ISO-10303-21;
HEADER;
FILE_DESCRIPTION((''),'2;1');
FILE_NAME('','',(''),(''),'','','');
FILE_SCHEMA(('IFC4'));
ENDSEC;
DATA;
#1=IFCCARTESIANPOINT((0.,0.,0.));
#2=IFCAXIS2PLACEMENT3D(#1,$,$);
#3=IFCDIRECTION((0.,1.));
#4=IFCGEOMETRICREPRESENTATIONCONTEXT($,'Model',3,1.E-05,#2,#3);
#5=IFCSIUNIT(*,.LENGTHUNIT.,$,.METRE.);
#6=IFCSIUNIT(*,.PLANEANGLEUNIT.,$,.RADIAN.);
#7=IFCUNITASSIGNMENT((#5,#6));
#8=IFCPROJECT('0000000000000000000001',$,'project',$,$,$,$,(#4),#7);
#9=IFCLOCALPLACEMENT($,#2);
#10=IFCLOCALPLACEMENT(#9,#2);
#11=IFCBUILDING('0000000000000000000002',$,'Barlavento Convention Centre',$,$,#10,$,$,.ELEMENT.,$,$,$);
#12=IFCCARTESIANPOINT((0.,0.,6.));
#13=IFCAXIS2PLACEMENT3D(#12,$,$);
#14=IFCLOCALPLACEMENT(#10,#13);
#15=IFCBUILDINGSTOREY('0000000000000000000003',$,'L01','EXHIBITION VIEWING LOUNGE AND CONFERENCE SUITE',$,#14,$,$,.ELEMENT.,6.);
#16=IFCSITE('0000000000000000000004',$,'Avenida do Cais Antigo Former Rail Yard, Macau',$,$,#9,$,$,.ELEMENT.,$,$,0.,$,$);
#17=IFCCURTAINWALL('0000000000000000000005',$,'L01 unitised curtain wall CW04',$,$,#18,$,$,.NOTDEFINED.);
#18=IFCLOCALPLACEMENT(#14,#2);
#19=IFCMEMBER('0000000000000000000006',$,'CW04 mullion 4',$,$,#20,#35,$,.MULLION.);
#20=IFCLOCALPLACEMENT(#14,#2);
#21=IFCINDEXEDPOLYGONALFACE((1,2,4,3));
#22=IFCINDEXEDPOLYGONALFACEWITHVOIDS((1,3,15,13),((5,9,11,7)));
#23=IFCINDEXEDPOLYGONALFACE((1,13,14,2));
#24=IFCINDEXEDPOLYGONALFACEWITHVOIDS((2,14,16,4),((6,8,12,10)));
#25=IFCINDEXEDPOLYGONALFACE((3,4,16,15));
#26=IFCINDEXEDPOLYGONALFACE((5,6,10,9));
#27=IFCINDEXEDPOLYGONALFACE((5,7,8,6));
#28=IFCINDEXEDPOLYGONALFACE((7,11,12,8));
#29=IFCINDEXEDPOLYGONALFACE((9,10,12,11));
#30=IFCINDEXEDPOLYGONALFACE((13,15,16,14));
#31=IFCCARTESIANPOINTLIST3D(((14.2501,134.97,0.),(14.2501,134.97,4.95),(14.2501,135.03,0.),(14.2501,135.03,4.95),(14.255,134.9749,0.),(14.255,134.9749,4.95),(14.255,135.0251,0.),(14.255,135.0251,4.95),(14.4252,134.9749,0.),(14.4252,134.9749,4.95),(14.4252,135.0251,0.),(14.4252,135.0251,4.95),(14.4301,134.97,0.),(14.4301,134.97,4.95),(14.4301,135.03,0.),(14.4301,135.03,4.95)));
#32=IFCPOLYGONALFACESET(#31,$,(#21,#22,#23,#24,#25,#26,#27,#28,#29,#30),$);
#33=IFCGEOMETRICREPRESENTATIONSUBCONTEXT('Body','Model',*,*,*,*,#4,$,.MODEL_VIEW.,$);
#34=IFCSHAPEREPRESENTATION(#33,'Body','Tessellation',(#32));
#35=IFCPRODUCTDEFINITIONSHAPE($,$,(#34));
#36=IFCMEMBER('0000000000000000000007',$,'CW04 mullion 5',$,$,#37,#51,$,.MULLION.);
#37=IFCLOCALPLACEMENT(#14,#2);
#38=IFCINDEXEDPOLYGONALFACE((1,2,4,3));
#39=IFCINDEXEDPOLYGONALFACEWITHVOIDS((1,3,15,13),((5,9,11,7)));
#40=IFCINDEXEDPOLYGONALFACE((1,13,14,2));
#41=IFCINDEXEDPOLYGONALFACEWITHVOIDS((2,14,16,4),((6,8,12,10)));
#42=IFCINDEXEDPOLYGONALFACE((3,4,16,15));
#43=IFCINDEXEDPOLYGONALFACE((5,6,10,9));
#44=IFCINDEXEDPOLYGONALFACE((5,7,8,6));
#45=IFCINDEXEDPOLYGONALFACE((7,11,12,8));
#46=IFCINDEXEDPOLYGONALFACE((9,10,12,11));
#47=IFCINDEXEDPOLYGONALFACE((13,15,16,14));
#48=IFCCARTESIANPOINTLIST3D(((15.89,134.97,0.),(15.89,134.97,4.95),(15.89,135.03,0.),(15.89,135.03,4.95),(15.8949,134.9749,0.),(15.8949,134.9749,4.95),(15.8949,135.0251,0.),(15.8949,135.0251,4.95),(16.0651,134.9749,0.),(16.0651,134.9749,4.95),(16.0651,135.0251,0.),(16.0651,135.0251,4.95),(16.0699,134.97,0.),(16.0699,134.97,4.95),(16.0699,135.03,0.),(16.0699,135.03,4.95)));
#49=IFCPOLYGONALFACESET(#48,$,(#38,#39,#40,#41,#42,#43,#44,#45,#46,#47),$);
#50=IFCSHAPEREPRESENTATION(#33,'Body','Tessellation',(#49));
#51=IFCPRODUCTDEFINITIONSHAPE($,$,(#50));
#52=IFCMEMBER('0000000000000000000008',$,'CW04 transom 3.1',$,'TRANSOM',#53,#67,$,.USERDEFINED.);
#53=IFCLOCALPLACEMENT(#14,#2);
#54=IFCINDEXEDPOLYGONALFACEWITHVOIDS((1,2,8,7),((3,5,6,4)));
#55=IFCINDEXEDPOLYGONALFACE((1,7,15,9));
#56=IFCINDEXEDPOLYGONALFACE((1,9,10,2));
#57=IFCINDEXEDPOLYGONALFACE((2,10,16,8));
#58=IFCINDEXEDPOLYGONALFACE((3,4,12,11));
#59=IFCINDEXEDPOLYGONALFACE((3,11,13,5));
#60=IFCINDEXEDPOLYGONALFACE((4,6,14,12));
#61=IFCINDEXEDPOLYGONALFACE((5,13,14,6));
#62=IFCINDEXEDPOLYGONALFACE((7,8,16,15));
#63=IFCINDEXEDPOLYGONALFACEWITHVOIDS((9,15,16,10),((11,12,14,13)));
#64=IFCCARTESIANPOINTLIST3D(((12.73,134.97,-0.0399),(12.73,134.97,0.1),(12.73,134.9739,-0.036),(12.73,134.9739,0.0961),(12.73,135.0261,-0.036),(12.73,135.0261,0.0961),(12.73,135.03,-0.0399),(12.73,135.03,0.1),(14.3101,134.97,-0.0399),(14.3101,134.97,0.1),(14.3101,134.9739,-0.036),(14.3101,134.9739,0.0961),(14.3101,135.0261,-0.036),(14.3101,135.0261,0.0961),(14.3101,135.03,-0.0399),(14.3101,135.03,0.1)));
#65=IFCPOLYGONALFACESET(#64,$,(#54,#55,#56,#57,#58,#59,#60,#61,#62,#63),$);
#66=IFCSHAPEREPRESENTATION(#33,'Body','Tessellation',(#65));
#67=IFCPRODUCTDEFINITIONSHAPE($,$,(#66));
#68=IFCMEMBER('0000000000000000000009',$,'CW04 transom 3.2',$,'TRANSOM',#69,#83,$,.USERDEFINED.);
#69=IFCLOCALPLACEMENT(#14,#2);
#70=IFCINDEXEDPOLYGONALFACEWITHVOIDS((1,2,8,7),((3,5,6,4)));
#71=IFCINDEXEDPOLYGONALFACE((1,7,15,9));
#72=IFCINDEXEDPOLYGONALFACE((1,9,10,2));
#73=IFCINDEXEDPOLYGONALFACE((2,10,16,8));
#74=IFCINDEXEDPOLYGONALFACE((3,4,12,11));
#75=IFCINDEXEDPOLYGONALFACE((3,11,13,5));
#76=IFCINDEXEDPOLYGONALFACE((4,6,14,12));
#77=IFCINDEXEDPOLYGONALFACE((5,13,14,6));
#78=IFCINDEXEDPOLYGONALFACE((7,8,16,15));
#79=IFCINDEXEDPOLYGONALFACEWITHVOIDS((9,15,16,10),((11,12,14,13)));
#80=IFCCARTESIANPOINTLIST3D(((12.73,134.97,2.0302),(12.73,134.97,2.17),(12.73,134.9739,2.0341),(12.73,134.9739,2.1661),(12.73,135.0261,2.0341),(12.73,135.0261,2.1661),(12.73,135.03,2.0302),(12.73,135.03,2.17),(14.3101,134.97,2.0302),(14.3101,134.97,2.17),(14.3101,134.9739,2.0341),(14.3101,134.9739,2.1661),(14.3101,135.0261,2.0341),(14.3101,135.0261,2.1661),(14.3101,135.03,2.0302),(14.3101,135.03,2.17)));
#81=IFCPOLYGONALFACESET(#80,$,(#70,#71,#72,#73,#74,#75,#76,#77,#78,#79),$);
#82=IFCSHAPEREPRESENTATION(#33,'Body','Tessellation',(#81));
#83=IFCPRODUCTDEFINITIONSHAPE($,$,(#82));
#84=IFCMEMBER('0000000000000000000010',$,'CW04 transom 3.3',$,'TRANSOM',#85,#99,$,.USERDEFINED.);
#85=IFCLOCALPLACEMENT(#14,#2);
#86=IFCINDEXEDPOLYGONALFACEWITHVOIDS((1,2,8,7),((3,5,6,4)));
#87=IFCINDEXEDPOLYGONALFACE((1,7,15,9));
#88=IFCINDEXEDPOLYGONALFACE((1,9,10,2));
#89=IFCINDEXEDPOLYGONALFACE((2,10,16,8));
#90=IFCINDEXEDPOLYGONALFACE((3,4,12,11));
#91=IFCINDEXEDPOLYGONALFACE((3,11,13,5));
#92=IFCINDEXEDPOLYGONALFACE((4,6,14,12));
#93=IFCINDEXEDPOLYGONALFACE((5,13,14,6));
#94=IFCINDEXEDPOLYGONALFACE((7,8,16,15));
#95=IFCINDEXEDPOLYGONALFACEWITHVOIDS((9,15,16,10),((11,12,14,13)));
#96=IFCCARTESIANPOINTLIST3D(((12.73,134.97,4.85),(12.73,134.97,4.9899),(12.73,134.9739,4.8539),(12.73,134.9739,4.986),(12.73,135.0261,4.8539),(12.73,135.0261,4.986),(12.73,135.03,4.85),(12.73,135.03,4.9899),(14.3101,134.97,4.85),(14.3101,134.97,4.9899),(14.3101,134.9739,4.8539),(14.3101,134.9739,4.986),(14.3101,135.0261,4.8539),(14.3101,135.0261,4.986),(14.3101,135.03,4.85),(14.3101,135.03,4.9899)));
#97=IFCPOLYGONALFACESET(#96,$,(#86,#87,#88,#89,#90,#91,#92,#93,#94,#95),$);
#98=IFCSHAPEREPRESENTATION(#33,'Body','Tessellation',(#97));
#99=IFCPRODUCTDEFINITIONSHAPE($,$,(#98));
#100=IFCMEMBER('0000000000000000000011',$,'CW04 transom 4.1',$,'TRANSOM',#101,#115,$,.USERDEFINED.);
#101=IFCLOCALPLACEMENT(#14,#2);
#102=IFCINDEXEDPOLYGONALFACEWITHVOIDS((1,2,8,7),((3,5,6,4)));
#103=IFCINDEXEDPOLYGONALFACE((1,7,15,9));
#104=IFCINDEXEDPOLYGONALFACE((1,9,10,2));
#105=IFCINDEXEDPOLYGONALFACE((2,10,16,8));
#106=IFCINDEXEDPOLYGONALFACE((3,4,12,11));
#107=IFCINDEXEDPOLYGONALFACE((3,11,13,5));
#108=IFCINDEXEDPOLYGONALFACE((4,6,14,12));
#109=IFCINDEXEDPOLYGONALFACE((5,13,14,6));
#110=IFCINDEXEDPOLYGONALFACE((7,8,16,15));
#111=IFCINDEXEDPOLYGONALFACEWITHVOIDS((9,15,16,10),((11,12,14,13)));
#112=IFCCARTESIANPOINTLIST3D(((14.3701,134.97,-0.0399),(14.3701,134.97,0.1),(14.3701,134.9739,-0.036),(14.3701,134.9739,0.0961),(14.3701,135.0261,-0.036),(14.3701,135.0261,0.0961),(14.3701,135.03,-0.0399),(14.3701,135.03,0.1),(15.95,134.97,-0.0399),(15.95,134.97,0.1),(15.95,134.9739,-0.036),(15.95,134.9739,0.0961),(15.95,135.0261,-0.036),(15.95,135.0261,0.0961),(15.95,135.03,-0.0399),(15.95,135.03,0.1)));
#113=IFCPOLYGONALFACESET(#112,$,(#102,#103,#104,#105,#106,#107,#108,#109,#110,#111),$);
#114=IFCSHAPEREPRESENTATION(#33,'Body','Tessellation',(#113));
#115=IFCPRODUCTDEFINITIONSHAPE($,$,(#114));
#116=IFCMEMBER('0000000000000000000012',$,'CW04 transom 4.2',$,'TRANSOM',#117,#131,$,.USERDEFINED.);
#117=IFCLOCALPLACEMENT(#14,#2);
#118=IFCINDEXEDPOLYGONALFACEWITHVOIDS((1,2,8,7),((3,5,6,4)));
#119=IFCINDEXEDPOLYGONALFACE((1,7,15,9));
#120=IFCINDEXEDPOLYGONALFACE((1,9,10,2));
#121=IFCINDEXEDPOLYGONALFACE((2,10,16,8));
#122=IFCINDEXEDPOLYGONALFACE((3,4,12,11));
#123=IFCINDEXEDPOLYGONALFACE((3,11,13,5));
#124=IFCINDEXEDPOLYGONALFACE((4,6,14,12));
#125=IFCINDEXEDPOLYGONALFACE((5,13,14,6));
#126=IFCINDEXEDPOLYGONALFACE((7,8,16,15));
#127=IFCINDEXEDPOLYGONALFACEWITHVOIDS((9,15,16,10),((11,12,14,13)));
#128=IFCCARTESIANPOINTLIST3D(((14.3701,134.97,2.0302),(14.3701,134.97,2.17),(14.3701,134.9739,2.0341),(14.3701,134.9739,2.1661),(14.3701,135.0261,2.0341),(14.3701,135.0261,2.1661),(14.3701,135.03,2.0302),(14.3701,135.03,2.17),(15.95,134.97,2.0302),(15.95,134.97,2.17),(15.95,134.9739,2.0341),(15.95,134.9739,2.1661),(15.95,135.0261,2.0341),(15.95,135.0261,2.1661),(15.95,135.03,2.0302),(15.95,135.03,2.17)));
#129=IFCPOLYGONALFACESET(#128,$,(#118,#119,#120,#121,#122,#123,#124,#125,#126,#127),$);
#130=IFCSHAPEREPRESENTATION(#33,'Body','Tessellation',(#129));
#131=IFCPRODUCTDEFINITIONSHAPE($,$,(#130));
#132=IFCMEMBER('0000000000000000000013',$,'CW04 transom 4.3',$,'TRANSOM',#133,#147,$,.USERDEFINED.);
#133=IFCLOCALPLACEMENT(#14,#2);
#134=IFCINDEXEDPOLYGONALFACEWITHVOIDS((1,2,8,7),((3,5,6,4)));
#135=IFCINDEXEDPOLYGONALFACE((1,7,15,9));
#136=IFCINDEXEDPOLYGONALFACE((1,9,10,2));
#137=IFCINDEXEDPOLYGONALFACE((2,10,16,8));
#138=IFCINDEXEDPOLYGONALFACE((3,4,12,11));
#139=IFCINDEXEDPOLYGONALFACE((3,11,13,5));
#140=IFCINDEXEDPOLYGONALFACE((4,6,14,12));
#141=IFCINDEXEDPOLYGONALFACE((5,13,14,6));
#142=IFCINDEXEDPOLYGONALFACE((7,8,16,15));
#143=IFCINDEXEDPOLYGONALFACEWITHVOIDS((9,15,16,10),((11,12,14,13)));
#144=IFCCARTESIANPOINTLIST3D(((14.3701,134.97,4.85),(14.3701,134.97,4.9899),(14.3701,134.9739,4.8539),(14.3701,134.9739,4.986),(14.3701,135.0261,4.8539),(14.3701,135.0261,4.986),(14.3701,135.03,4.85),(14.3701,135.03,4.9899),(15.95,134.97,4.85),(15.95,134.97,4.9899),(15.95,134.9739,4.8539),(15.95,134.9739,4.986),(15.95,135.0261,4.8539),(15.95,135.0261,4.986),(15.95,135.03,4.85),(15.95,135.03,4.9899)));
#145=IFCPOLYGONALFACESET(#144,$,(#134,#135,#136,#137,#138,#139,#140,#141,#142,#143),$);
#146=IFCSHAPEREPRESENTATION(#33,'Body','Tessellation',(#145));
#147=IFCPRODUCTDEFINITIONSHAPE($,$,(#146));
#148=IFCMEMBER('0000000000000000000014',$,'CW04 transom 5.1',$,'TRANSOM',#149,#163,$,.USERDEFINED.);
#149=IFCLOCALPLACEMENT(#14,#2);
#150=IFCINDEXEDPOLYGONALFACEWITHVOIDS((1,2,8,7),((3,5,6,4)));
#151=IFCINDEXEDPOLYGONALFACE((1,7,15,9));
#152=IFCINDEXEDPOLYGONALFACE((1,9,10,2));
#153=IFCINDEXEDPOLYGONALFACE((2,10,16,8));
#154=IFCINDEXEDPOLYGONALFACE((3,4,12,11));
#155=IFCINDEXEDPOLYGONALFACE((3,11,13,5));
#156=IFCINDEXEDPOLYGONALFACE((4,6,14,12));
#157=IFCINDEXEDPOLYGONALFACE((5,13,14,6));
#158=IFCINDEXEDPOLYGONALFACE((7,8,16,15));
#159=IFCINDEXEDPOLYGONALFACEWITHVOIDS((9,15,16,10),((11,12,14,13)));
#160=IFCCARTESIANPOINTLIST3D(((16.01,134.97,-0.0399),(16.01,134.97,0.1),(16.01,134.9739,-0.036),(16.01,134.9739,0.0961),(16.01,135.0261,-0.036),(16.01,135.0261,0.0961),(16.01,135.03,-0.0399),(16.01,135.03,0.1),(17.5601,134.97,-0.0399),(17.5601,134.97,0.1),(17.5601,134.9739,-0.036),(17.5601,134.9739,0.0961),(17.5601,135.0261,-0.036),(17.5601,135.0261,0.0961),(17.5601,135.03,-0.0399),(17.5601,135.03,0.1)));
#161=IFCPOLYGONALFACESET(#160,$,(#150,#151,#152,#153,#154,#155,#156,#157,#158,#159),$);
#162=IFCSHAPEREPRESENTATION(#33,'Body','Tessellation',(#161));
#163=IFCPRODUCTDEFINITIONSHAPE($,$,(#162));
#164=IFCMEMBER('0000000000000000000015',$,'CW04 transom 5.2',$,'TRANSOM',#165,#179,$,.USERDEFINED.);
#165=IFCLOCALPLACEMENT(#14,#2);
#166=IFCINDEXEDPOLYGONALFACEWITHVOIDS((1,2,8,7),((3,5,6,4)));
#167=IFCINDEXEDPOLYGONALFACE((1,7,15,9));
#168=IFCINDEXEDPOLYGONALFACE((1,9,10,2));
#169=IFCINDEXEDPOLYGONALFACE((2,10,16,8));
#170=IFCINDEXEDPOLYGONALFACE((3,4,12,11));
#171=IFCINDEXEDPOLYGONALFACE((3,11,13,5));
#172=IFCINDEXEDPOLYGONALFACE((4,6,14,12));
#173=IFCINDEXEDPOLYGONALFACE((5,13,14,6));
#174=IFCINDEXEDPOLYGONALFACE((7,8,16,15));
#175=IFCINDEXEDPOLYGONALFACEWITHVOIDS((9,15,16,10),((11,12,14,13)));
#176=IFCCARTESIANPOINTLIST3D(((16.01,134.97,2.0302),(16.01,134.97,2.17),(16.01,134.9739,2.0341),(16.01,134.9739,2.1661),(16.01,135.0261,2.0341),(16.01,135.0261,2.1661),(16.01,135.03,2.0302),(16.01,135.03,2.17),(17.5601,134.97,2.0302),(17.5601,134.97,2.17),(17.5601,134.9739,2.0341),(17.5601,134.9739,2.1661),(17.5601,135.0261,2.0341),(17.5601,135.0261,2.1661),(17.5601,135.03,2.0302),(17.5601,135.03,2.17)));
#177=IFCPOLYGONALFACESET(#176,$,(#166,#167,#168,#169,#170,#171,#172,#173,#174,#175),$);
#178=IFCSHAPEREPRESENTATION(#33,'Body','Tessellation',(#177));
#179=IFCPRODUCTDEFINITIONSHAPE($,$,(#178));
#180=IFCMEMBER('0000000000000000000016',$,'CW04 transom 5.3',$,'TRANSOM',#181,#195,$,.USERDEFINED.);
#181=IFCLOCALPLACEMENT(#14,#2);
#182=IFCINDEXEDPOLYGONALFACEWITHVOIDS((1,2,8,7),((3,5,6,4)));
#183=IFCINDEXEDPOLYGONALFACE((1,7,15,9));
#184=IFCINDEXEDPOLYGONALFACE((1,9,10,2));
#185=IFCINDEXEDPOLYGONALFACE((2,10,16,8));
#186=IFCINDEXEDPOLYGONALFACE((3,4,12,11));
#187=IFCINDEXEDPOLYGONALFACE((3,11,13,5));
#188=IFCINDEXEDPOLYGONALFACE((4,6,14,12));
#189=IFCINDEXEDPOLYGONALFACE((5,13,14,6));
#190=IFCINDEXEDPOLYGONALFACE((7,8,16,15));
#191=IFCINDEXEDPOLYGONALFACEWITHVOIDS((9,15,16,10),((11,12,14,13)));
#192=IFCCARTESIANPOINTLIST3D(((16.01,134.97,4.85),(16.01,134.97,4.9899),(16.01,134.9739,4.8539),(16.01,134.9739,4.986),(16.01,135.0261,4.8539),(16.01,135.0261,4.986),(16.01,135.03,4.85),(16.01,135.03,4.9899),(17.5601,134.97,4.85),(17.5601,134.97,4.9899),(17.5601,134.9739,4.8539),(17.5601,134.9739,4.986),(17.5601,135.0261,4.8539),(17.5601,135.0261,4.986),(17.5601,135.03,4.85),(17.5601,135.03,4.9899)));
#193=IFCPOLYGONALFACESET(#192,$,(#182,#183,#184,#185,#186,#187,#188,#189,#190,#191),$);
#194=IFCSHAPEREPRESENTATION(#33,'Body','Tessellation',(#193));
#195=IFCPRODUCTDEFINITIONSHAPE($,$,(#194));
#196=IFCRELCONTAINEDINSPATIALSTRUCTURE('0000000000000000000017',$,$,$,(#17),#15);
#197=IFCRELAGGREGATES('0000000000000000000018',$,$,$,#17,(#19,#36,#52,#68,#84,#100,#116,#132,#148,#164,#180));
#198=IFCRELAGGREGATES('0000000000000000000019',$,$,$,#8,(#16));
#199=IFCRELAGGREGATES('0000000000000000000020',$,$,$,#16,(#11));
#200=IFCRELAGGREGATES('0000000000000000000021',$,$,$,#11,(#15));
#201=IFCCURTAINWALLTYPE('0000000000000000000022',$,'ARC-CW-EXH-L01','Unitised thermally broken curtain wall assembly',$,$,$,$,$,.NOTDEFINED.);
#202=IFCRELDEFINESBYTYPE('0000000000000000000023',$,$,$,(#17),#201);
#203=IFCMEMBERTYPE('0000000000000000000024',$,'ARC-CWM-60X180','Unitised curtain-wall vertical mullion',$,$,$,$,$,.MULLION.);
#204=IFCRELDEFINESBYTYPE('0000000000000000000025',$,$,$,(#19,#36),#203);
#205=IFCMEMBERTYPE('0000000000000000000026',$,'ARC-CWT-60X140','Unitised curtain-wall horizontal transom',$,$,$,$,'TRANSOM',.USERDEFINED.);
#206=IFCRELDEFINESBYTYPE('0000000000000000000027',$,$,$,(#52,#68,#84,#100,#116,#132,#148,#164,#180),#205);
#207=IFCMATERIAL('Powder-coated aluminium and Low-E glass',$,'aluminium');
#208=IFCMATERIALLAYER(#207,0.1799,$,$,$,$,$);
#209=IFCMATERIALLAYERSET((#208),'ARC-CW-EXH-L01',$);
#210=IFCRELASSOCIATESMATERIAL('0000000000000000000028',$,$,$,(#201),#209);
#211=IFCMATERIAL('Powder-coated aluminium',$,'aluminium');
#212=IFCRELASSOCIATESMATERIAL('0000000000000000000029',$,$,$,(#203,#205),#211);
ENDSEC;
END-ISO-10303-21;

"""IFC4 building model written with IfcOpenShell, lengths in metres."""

from ifc_helpers import new_model, si_unit, direction, frame, origin, origin_2d, place, context, subcontext, project, spatial, hollow_rectangle, extrude, material, layer, layer_set, material_profile, profile_set, type_object, element, aggregate, save


model = new_model("IFC4")

# Units and contexts
model_context = context("Model", 3, precision=1e-05, world=origin(), true_north=direction((0.0, 1.0)))
body_context = subcontext(model_context, "Body", "Model", "MODEL_VIEW")
ifc_project = project(units=[si_unit("LENGTHUNIT", "METRE"), si_unit("PLANEANGLEUNIT", "RADIAN")], contexts=[model_context])

# Site, building, storey
site_placement = place(None, origin())
site = spatial("IfcSite", under=ifc_project, at=site_placement, Name="Avenida do Cais Antigo Former Rail Yard, Macau", CompositionType="ELEMENT", RefElevation=0.0)
building_placement = place(site_placement, origin())
building = spatial("IfcBuilding", under=site, at=building_placement, Name="Barlavento Convention Centre", CompositionType="ELEMENT")
storey_placement = place(building_placement, frame((0.0, 0.0, 6.0)))
storey = spatial("IfcBuildingStorey", under=building, at=storey_placement, Name="L01", Description="EXHIBITION VIEWING LOUNGE AND CONFERENCE SUITE", CompositionType="ELEMENT", Elevation=6.0)

# Curtain wall, members
ifc_material_1 = material(Name="Powder-coated aluminium and Low-E glass", Category="aluminium")
ifc_layer_1 = layer(ifc_material_1, 0.1799)
ifc_layer_set_1 = layer_set([ifc_layer_1], Name="ARC-CW-EXH-L01")
curtain_wall_type = type_object("IfcCurtainWallType", Name="ARC-CW-EXH-L01", Description="Unitised thermally broken curtain wall assembly", PredefinedType="NOTDEFINED", material=ifc_layer_set_1)
curtain_wall_placement = place(storey_placement, origin())
curtain_wall = element("IfcCurtainWall", 1, at=curtain_wall_placement, inside=storey, type_object=curtain_wall_type, Name="L01 unitised curtain wall CW04", PredefinedType="NOTDEFINED")
ifc_material_2 = material(Name="Powder-coated aluminium", Category="aluminium")
ifc_material_profile_1 = material_profile(ifc_material_2, hollow_rectangle(XDim=0.0601, YDim=0.1799, WallThickness=0.0049, at=origin_2d()), Name="AL-MULL 60x180x5")
ifc_profile_set_1 = profile_set([ifc_material_profile_1], Name="Powder-coated aluminium")
member_type_1 = type_object("IfcMemberType", Name="ARC-CWM-60X180", Description="Unitised curtain-wall vertical mullion", PredefinedType="MULLION", material=ifc_profile_set_1)
member_1_placement = place(storey_placement, frame((14.3401, 135.0, 0.0), z_axis=(0.0, 0.0, 1.0), x_axis=(0.0, 1.0, 0.0)))
member_1 = element("IfcMember", 2, at=member_1_placement, type_object=member_type_1, Name="CW04 mullion 4", PredefinedType="MULLION", context=body_context, shape_type="SweptSolid", body=[
    extrude(hollow_rectangle(XDim=0.0601, YDim=0.1799, WallThickness=0.0049, at=origin_2d()), origin(), (0.0, 0.0, 1.0), 4.95),
])
member_2_placement = place(storey_placement, frame((15.98, 135.0, 0.0), z_axis=(0.0, 0.0, 1.0), x_axis=(0.0, 1.0, 0.0)))
member_2 = element("IfcMember", 3, at=member_2_placement, type_object=member_type_1, Name="CW04 mullion 5", PredefinedType="MULLION", context=body_context, shape_type="SweptSolid", body=[
    extrude(hollow_rectangle(XDim=0.0601, YDim=0.1799, WallThickness=0.0049, at=origin_2d()), origin(), (0.0, 0.0, 1.0), 4.95),
])
ifc_material_profile_2 = material_profile(ifc_material_2, hollow_rectangle(XDim=0.0601, YDim=0.1399, WallThickness=0.0039, at=origin_2d()), Name="AL-TRAN 60x140x4")
ifc_profile_set_2 = profile_set([ifc_material_profile_2], Name="Powder-coated aluminium")
member_type_2 = type_object("IfcMemberType", Name="ARC-CWT-60X140", Description="Unitised curtain-wall horizontal transom", ElementType="TRANSOM", PredefinedType="USERDEFINED", material=ifc_profile_set_2)
member_3_placement = place(storey_placement, frame((12.73, 135.0, 0.03), z_axis=(1.0, 0.0, 0.0), x_axis=(0.0, 1.0, 0.0)))
member_3 = element("IfcMember", 4, at=member_3_placement, type_object=member_type_2, Name="CW04 transom 3.1", ObjectType="TRANSOM", PredefinedType="USERDEFINED", context=body_context, shape_type="SweptSolid", body=[
    extrude(hollow_rectangle(XDim=0.0601, YDim=0.1399, WallThickness=0.0039, at=origin_2d()), origin(), (0.0, 0.0, 1.0), 1.5801),
])
member_4_placement = place(storey_placement, frame((12.73, 135.0, 2.1001), z_axis=(1.0, 0.0, 0.0), x_axis=(0.0, 1.0, 0.0)))
member_4 = element("IfcMember", 5, at=member_4_placement, type_object=member_type_2, Name="CW04 transom 3.2", ObjectType="TRANSOM", PredefinedType="USERDEFINED", context=body_context, shape_type="SweptSolid", body=[
    extrude(hollow_rectangle(XDim=0.0601, YDim=0.1399, WallThickness=0.0039, at=origin_2d()), origin(), (0.0, 0.0, 1.0), 1.5801),
])
member_5_placement = place(storey_placement, frame((12.73, 135.0, 4.9199), z_axis=(1.0, 0.0, 0.0), x_axis=(0.0, 1.0, 0.0)))
member_5 = element("IfcMember", 6, at=member_5_placement, type_object=member_type_2, Name="CW04 transom 3.3", ObjectType="TRANSOM", PredefinedType="USERDEFINED", context=body_context, shape_type="SweptSolid", body=[
    extrude(hollow_rectangle(XDim=0.0601, YDim=0.1399, WallThickness=0.0039, at=origin_2d()), origin(), (0.0, 0.0, 1.0), 1.5801),
])
member_6_placement = place(storey_placement, frame((14.3701, 135.0, 0.03), z_axis=(1.0, 0.0, 0.0), x_axis=(0.0, 1.0, 0.0)))
member_6 = element("IfcMember", 7, at=member_6_placement, type_object=member_type_2, Name="CW04 transom 4.1", ObjectType="TRANSOM", PredefinedType="USERDEFINED", context=body_context, shape_type="SweptSolid", body=[
    extrude(hollow_rectangle(XDim=0.0601, YDim=0.1399, WallThickness=0.0039, at=origin_2d()), origin(), (0.0, 0.0, 1.0), 1.5798),
])
member_7_placement = place(storey_placement, frame((14.3701, 135.0, 2.1001), z_axis=(1.0, 0.0, 0.0), x_axis=(0.0, 1.0, 0.0)))
member_7 = element("IfcMember", 8, at=member_7_placement, type_object=member_type_2, Name="CW04 transom 4.2", ObjectType="TRANSOM", PredefinedType="USERDEFINED", context=body_context, shape_type="SweptSolid", body=[
    extrude(hollow_rectangle(XDim=0.0601, YDim=0.1399, WallThickness=0.0039, at=origin_2d()), origin(), (0.0, 0.0, 1.0), 1.5798),
])
member_8_placement = place(storey_placement, frame((14.3701, 135.0, 4.9199), z_axis=(1.0, 0.0, 0.0), x_axis=(0.0, 1.0, 0.0)))
member_8 = element("IfcMember", 9, at=member_8_placement, type_object=member_type_2, Name="CW04 transom 4.3", ObjectType="TRANSOM", PredefinedType="USERDEFINED", context=body_context, shape_type="SweptSolid", body=[
    extrude(hollow_rectangle(XDim=0.0601, YDim=0.1399, WallThickness=0.0039, at=origin_2d()), origin(), (0.0, 0.0, 1.0), 1.5798),
])
member_9_placement = place(storey_placement, frame((16.01, 135.0, 0.03), z_axis=(1.0, 0.0, 0.0), x_axis=(0.0, 1.0, 0.0)))
member_9 = element("IfcMember", 10, at=member_9_placement, type_object=member_type_2, Name="CW04 transom 5.1", ObjectType="TRANSOM", PredefinedType="USERDEFINED", context=body_context, shape_type="SweptSolid", body=[
    extrude(hollow_rectangle(XDim=0.0601, YDim=0.1399, WallThickness=0.0039, at=origin_2d()), origin(), (0.0, 0.0, 1.0), 1.55),
])
member_10_placement = place(storey_placement, frame((16.01, 135.0, 2.1001), z_axis=(1.0, 0.0, 0.0), x_axis=(0.0, 1.0, 0.0)))
member_10 = element("IfcMember", 11, at=member_10_placement, type_object=member_type_2, Name="CW04 transom 5.2", ObjectType="TRANSOM", PredefinedType="USERDEFINED", context=body_context, shape_type="SweptSolid", body=[
    extrude(hollow_rectangle(XDim=0.0601, YDim=0.1399, WallThickness=0.0039, at=origin_2d()), origin(), (0.0, 0.0, 1.0), 1.55),
])
member_11_placement = place(storey_placement, frame((16.01, 135.0, 4.9199), z_axis=(1.0, 0.0, 0.0), x_axis=(0.0, 1.0, 0.0)))
member_11 = element("IfcMember", 12, at=member_11_placement, type_object=member_type_2, Name="CW04 transom 5.3", ObjectType="TRANSOM", PredefinedType="USERDEFINED", context=body_context, shape_type="SweptSolid", body=[
    extrude(hollow_rectangle(XDim=0.0601, YDim=0.1399, WallThickness=0.0039, at=origin_2d()), origin(), (0.0, 0.0, 1.0), 1.55),
])
aggregate(curtain_wall, [member_1, member_2, member_3, member_4, member_5, member_6, member_7, member_8, member_9, member_10, member_11])

save(model, "model.ifc")
